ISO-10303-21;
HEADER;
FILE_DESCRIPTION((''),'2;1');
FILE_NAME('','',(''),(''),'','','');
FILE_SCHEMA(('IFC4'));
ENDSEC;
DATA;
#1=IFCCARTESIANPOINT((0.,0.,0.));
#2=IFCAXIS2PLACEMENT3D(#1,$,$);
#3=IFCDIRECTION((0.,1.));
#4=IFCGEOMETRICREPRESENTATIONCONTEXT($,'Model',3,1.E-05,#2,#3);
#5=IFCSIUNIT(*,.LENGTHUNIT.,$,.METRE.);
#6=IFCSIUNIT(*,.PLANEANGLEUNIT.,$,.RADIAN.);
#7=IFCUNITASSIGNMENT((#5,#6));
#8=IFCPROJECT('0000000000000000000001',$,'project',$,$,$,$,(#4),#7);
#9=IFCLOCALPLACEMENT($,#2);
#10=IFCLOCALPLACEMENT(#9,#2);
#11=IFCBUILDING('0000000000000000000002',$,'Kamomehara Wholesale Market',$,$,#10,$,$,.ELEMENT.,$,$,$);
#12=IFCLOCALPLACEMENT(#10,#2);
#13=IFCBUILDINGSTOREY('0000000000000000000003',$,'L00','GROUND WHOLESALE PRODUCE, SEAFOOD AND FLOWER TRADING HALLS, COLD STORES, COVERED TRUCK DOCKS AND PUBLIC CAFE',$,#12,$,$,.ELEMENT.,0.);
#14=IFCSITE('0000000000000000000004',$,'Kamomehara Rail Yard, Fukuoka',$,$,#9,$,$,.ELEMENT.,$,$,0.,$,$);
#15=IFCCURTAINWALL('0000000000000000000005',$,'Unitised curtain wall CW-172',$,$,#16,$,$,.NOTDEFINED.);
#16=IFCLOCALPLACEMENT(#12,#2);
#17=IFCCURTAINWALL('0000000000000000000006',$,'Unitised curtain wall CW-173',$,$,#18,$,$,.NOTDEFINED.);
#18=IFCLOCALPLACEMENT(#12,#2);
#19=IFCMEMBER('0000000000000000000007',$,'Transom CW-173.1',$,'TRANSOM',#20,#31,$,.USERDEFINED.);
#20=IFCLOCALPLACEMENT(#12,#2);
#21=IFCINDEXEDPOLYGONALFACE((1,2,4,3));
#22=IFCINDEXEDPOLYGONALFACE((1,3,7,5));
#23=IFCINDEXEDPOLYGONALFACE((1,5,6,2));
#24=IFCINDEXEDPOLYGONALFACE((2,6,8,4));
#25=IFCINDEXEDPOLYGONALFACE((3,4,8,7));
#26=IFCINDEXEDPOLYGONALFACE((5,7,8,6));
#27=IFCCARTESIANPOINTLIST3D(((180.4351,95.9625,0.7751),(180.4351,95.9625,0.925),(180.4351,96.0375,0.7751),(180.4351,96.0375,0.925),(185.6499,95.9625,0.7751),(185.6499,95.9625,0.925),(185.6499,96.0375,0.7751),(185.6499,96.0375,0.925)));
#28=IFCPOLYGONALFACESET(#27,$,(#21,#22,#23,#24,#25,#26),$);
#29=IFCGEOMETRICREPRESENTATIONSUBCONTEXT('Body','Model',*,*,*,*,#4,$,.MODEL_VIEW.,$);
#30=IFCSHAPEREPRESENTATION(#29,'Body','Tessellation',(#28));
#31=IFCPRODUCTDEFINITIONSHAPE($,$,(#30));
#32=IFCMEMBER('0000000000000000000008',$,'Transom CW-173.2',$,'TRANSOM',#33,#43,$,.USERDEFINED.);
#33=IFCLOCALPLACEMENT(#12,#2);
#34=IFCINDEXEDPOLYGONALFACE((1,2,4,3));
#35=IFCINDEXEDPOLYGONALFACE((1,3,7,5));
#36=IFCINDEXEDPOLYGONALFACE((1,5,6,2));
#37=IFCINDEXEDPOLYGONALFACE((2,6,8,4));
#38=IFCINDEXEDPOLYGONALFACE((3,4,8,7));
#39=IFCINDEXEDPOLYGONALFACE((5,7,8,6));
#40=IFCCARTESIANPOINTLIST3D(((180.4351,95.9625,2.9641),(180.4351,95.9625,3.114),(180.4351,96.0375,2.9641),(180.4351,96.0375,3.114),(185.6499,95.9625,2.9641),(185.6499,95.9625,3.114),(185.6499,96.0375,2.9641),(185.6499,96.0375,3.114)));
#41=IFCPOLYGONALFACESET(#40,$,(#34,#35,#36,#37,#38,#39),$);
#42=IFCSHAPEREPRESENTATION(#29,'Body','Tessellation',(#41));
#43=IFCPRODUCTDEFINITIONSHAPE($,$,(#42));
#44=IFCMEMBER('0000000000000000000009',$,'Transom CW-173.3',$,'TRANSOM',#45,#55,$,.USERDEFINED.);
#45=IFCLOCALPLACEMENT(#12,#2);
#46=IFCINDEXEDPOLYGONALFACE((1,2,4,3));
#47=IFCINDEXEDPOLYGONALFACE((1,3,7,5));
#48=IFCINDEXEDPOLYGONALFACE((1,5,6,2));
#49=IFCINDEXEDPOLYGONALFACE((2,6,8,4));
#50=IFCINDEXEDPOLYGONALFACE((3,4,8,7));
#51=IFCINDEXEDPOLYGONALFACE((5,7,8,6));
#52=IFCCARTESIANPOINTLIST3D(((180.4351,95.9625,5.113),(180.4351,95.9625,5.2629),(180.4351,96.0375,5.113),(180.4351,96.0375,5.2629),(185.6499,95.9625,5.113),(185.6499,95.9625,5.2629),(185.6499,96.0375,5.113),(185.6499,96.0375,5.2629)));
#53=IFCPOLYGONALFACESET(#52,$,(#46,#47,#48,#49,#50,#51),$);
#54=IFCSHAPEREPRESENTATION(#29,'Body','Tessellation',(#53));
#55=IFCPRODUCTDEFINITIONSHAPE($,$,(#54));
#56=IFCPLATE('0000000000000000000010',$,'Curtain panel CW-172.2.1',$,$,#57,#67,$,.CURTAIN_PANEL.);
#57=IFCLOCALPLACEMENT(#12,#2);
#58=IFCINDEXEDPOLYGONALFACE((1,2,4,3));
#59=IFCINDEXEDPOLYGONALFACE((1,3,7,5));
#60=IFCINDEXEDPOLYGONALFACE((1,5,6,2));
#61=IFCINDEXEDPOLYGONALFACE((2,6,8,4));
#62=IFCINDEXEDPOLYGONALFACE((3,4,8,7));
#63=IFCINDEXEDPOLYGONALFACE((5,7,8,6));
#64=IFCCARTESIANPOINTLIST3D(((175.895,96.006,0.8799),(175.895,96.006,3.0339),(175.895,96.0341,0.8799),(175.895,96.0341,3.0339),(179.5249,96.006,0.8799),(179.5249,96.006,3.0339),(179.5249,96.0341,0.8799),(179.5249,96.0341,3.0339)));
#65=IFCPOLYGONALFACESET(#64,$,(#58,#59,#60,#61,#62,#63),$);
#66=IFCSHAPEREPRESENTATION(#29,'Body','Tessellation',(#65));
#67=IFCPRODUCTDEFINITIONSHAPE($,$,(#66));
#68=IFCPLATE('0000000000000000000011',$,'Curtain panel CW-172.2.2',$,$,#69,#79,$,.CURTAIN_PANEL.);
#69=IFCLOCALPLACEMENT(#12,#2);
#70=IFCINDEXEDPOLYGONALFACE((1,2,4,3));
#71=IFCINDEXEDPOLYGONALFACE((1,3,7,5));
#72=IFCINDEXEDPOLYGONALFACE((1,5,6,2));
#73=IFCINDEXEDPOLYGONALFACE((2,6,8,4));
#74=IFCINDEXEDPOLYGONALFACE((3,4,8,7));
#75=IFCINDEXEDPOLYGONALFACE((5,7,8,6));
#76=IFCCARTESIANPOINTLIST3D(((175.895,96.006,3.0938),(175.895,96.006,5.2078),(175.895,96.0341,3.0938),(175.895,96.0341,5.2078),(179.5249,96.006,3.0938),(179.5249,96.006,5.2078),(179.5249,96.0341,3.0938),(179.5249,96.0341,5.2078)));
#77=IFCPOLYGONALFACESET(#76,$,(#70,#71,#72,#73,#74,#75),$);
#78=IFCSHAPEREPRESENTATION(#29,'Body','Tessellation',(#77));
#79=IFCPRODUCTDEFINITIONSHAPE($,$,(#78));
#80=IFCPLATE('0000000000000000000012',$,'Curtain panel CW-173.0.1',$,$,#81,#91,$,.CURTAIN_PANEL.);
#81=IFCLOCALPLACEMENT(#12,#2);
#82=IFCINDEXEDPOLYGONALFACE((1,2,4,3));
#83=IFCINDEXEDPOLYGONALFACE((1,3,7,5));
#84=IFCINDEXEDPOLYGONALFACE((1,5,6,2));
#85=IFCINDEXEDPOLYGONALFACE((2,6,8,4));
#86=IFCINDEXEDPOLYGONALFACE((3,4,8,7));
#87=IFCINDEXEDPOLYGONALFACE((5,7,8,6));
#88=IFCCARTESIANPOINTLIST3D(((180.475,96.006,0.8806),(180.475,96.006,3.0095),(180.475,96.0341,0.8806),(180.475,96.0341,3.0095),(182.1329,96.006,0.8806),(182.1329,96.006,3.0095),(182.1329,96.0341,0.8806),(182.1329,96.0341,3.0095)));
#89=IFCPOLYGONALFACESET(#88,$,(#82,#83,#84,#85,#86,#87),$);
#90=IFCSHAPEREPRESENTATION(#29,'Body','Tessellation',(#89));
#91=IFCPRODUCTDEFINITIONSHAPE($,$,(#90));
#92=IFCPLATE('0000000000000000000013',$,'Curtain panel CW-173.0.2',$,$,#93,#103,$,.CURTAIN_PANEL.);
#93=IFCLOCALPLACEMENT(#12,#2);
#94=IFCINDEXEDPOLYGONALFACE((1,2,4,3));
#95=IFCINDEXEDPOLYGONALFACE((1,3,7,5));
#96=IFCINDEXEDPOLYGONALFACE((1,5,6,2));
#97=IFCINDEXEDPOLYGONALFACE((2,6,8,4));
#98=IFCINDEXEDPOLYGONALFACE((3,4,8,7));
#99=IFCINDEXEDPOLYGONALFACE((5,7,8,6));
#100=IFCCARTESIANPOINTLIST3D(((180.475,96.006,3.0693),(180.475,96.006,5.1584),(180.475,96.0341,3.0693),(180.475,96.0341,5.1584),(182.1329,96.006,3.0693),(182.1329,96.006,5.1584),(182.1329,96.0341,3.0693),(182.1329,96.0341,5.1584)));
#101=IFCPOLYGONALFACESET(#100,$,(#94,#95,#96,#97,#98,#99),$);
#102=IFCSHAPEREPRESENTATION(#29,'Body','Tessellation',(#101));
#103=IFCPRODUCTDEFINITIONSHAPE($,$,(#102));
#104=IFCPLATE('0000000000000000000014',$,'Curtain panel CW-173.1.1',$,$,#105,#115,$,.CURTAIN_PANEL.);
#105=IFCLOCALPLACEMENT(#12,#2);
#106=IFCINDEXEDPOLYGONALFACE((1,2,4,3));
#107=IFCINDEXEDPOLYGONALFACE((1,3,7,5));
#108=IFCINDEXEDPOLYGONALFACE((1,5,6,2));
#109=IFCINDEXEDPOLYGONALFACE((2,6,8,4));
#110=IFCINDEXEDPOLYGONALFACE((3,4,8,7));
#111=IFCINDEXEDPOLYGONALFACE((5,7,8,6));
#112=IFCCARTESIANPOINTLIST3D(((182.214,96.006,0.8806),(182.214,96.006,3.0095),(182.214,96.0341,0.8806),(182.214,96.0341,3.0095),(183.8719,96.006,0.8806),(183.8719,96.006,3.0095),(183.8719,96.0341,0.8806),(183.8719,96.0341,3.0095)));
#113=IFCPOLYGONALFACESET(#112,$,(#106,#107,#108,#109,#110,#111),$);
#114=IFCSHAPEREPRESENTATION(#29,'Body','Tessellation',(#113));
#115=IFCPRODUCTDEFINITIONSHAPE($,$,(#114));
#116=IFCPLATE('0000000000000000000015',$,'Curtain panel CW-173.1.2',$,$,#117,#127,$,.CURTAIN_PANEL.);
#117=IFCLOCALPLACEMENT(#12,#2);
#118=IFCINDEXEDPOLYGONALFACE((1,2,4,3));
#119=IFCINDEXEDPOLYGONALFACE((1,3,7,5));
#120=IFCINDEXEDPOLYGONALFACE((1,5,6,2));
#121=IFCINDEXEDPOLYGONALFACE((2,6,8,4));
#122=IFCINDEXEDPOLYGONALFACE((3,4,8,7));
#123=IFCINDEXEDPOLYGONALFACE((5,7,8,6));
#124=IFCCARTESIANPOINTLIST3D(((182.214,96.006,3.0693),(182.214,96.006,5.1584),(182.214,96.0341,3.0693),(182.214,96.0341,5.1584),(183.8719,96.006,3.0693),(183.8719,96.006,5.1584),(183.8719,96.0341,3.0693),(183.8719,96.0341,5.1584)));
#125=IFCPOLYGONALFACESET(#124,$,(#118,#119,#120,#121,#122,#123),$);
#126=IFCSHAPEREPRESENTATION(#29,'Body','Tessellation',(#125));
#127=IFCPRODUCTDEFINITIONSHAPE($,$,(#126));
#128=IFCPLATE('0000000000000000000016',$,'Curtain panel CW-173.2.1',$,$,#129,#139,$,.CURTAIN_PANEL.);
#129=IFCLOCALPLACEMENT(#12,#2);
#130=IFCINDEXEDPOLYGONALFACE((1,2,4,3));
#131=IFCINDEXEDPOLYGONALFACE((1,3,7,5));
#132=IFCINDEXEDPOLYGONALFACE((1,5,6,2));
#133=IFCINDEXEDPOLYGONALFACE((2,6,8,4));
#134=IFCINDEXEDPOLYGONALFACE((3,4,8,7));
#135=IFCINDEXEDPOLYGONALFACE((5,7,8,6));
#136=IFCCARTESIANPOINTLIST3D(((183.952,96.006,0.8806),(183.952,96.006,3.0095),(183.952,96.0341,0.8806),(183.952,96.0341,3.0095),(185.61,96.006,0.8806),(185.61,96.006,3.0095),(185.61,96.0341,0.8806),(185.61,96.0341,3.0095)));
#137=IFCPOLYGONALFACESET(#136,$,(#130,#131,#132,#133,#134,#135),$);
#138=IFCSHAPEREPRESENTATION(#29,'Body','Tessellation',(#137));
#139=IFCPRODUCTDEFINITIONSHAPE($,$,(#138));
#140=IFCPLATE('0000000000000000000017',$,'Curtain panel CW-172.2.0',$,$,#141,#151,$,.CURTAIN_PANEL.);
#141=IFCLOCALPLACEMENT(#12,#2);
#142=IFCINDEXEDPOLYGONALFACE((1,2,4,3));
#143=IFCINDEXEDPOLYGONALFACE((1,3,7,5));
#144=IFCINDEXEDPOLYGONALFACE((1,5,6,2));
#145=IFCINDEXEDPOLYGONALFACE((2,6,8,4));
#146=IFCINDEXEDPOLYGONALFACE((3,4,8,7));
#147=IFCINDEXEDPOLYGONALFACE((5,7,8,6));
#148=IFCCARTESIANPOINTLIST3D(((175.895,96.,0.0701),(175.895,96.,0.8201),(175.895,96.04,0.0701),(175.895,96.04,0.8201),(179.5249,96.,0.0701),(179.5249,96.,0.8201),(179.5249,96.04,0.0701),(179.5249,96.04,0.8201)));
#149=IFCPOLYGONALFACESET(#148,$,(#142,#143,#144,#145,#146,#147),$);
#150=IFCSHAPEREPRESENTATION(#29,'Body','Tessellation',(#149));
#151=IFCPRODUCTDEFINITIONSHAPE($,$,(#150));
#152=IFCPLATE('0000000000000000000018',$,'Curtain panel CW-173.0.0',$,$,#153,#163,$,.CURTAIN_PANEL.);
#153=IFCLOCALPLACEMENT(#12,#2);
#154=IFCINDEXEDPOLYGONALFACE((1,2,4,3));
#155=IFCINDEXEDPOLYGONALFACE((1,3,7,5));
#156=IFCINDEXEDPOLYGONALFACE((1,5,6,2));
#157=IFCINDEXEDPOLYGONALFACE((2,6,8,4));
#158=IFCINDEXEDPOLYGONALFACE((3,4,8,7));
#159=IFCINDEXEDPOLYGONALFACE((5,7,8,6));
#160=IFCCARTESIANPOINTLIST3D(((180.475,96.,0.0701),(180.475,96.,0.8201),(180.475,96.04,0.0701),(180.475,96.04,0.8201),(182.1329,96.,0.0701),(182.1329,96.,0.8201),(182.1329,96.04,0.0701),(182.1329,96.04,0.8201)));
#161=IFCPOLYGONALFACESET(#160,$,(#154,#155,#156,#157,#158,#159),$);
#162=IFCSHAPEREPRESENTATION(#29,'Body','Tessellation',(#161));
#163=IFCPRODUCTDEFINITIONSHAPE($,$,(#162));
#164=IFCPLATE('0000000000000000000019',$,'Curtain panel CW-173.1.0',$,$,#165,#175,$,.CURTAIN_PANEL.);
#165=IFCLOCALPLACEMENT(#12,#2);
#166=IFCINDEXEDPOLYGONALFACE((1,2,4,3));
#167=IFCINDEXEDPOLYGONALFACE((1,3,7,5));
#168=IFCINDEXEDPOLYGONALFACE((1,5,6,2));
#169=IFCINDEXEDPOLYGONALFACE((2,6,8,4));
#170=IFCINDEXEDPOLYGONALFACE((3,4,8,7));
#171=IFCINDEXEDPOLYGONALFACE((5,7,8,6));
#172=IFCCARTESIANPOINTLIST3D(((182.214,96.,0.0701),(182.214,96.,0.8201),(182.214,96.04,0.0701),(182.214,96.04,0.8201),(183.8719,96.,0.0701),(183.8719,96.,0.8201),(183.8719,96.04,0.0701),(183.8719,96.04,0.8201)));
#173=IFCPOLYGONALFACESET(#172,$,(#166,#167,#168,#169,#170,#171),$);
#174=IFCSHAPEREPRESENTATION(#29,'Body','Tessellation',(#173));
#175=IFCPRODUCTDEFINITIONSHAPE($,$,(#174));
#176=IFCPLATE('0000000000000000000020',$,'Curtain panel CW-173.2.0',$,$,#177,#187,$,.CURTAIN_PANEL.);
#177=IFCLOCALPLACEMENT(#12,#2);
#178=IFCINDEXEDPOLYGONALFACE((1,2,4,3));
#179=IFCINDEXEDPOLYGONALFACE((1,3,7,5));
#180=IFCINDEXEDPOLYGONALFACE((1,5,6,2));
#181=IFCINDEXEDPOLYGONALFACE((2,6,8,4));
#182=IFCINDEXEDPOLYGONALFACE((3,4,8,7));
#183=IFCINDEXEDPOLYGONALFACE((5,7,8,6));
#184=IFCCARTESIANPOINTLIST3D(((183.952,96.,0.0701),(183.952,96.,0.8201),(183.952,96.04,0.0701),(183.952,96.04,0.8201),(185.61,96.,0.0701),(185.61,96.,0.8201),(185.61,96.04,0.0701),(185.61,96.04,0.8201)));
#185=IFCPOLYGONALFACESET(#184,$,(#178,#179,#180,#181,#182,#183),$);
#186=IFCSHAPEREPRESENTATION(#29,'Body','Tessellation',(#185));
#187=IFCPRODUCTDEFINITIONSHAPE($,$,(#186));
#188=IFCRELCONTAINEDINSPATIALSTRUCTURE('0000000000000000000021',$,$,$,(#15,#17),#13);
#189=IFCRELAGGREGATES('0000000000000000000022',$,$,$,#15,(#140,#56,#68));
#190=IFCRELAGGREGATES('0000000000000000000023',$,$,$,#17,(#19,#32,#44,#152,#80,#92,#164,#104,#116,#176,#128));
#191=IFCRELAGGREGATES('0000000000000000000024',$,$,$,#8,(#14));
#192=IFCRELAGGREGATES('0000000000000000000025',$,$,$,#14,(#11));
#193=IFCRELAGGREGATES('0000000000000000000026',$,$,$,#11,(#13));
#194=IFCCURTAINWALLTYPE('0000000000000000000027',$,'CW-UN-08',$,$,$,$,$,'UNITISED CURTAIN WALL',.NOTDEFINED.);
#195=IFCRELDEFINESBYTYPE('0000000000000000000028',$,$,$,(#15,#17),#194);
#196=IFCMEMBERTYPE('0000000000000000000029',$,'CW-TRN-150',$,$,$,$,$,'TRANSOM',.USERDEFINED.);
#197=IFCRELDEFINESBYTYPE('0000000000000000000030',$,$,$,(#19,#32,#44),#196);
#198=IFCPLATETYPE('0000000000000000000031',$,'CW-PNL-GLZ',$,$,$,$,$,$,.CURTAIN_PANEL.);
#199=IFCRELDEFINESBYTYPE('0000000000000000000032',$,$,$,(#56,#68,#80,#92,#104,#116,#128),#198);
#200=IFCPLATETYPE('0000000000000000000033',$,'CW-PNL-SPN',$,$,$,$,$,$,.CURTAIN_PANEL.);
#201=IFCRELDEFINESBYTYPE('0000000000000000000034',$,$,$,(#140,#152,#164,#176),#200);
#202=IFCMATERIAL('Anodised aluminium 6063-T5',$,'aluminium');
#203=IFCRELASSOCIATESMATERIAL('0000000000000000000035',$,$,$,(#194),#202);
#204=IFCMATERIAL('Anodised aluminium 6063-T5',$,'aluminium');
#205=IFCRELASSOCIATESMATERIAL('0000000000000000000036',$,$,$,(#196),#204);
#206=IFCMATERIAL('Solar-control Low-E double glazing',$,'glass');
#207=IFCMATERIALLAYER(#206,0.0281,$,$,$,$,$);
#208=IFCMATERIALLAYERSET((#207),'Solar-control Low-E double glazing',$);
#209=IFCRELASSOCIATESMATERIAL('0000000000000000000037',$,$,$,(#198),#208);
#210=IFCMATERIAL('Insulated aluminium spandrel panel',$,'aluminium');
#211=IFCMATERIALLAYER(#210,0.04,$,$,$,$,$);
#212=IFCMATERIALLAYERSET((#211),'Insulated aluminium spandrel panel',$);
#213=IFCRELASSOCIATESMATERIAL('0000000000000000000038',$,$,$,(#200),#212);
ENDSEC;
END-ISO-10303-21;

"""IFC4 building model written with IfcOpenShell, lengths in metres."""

from ifc_helpers import new_model, si_unit, direction, frame, origin, origin_2d, place, context, subcontext, project, spatial, rectangle, extrude, material, layer, layer_set, material_profile, profile_set, type_object, element, aggregate, save


model = new_model("IFC4")

# Units and contexts
model_context = context("Model", 3, precision=1e-05, world=origin(), true_north=direction((0.0, 1.0)))
body_context = subcontext(model_context, "Body", "Model", "MODEL_VIEW")
ifc_project = project(units=[si_unit("LENGTHUNIT", "METRE"), si_unit("PLANEANGLEUNIT", "RADIAN")], contexts=[model_context])

# Site, building, storey
site_placement = place(None, origin())
site = spatial("IfcSite", under=ifc_project, at=site_placement, Name="Kamomehara Rail Yard, Fukuoka", CompositionType="ELEMENT", RefElevation=0.0)
building_placement = place(site_placement, origin())
building = spatial("IfcBuilding", under=site, at=building_placement, Name="Kamomehara Wholesale Market", CompositionType="ELEMENT")
storey_placement = place(building_placement, origin())
storey = spatial("IfcBuildingStorey", under=building, at=storey_placement, Name="L00", Description="GROUND WHOLESALE PRODUCE, SEAFOOD AND FLOWER TRADING HALLS, COLD STORES, COVERED TRUCK DOCKS AND PUBLIC CAFE", CompositionType="ELEMENT", Elevation=0.0)

# Curtain wall
ifc_material_1 = material(Name="Anodised aluminium 6063-T5", Category="aluminium")
curtain_wall_type = type_object("IfcCurtainWallType", Name="CW-UN-08", ElementType="UNITISED CURTAIN WALL", PredefinedType="NOTDEFINED", material=ifc_material_1)
curtain_wall_1_placement = place(storey_placement, origin())
curtain_wall_1 = element("IfcCurtainWall", 1, at=curtain_wall_1_placement, inside=storey, type_object=curtain_wall_type, Name="Unitised curtain wall CW-172", PredefinedType="NOTDEFINED")

# Curtain wall, members
curtain_wall_2_placement = place(storey_placement, origin())
curtain_wall_2 = element("IfcCurtainWall", 2, at=curtain_wall_2_placement, inside=storey, type_object=curtain_wall_type, Name="Unitised curtain wall CW-173", PredefinedType="NOTDEFINED")
ifc_material_2 = material(Name="Anodised aluminium 6063-T5", Category="aluminium")
ifc_material_profile_1 = material_profile(ifc_material_2, rectangle(XDim=0.075, YDim=0.1499, at=origin_2d()), Name="ALU-TRN-75x150")
ifc_profile_set_1 = profile_set([ifc_material_profile_1], Name="Anodised aluminium 6063-T5")
member_type_1 = type_object("IfcMemberType", Name="CW-TRN-150", ElementType="TRANSOM", PredefinedType="USERDEFINED", material=ifc_profile_set_1)
member_1_placement = place(storey_placement, frame((180.4351, 96.0, 0.8501), z_axis=(1.0, 0.0, 0.0), x_axis=(0.0, 1.0, 0.0)))
member_1 = element("IfcMember", 3, at=member_1_placement, type_object=member_type_1, Name="Transom CW-173.1", ObjectType="TRANSOM", PredefinedType="USERDEFINED", context=body_context, shape_type="SweptSolid", body=[
    extrude(rectangle(XDim=0.075, YDim=0.1499, at=origin_2d()), origin(), (0.0, 0.0, 1.0), 5.2148),
])
member_2_placement = place(storey_placement, frame((180.4351, 96.0, 3.0391), z_axis=(1.0, 0.0, 0.0), x_axis=(0.0, 1.0, 0.0)))
member_2 = element("IfcMember", 4, at=member_2_placement, type_object=member_type_1, Name="Transom CW-173.2", ObjectType="TRANSOM", PredefinedType="USERDEFINED", context=body_context, shape_type="SweptSolid", body=[
    extrude(rectangle(XDim=0.075, YDim=0.1499, at=origin_2d()), origin(), (0.0, 0.0, 1.0), 5.2148),
])
member_3_placement = place(storey_placement, frame((180.4351, 96.0, 5.188), z_axis=(1.0, 0.0, 0.0), x_axis=(0.0, 1.0, 0.0)))
member_3 = element("IfcMember", 5, at=member_3_placement, type_object=member_type_1, Name="Transom CW-173.3", ObjectType="TRANSOM", PredefinedType="USERDEFINED", context=body_context, shape_type="SweptSolid", body=[
    extrude(rectangle(XDim=0.075, YDim=0.1499, at=origin_2d()), origin(), (0.0, 0.0, 1.0), 5.2148),
])

# Plates
ifc_material_3 = material(Name="Solar-control Low-E double glazing", Category="glass")
ifc_layer_1 = layer(ifc_material_3, 0.0281)
ifc_layer_set_1 = layer_set([ifc_layer_1], Name="Solar-control Low-E double glazing")
plate_type_1 = type_object("IfcPlateType", Name="CW-PNL-GLZ", PredefinedType="CURTAIN_PANEL", material=ifc_layer_set_1)
plate_1_placement = place(storey_placement, frame((177.71, 96.02, 0.8799), z_axis=(0.0, 0.0, 1.0), x_axis=(1.0, 0.0, 0.0)))
plate_1 = element("IfcPlate", 6, at=plate_1_placement, type_object=plate_type_1, Name="Curtain panel CW-172.2.1", PredefinedType="CURTAIN_PANEL", context=body_context, shape_type="SweptSolid", body=[
    extrude(rectangle(XDim=3.6299, YDim=0.0281, at=origin_2d()), origin(), (0.0, 0.0, 1.0), 2.1541),
])
plate_2_placement = place(storey_placement, frame((177.71, 96.02, 3.0938), z_axis=(0.0, 0.0, 1.0), x_axis=(1.0, 0.0, 0.0)))
plate_2 = element("IfcPlate", 7, at=plate_2_placement, type_object=plate_type_1, Name="Curtain panel CW-172.2.2", PredefinedType="CURTAIN_PANEL", context=body_context, shape_type="SweptSolid", body=[
    extrude(rectangle(XDim=3.6299, YDim=0.0281, at=origin_2d()), origin(), (0.0, 0.0, 1.0), 2.114),
])
plate_3_placement = place(storey_placement, frame((181.304, 96.02, 0.8806), z_axis=(0.0, 0.0, 1.0), x_axis=(1.0, 0.0, 0.0)))
plate_3 = element("IfcPlate", 8, at=plate_3_placement, type_object=plate_type_1, Name="Curtain panel CW-173.0.1", PredefinedType="CURTAIN_PANEL", context=body_context, shape_type="SweptSolid", body=[
    extrude(rectangle(XDim=1.658, YDim=0.0281, at=origin_2d()), origin(), (0.0, 0.0, 1.0), 2.1289),
])
plate_4_placement = place(storey_placement, frame((181.304, 96.02, 3.0693), z_axis=(0.0, 0.0, 1.0), x_axis=(1.0, 0.0, 0.0)))
plate_4 = element("IfcPlate", 9, at=plate_4_placement, type_object=plate_type_1, Name="Curtain panel CW-173.0.2", PredefinedType="CURTAIN_PANEL", context=body_context, shape_type="SweptSolid", body=[
    extrude(rectangle(XDim=1.658, YDim=0.0281, at=origin_2d()), origin(), (0.0, 0.0, 1.0), 2.0891),
])
plate_5_placement = place(storey_placement, frame((183.043, 96.02, 0.8806), z_axis=(0.0, 0.0, 1.0), x_axis=(1.0, 0.0, 0.0)))
plate_5 = element("IfcPlate", 10, at=plate_5_placement, type_object=plate_type_1, Name="Curtain panel CW-173.1.1", PredefinedType="CURTAIN_PANEL", context=body_context, shape_type="SweptSolid", body=[
    extrude(rectangle(XDim=1.658, YDim=0.0281, at=origin_2d()), origin(), (0.0, 0.0, 1.0), 2.1289),
])
plate_6_placement = place(storey_placement, frame((183.043, 96.02, 3.0693), z_axis=(0.0, 0.0, 1.0), x_axis=(1.0, 0.0, 0.0)))
plate_6 = element("IfcPlate", 11, at=plate_6_placement, type_object=plate_type_1, Name="Curtain panel CW-173.1.2", PredefinedType="CURTAIN_PANEL", context=body_context, shape_type="SweptSolid", body=[
    extrude(rectangle(XDim=1.658, YDim=0.0281, at=origin_2d()), origin(), (0.0, 0.0, 1.0), 2.0891),
])
plate_7_placement = place(storey_placement, frame((184.781, 96.02, 0.8806), z_axis=(0.0, 0.0, 1.0), x_axis=(1.0, 0.0, 0.0)))
plate_7 = element("IfcPlate", 12, at=plate_7_placement, type_object=plate_type_1, Name="Curtain panel CW-173.2.1", PredefinedType="CURTAIN_PANEL", context=body_context, shape_type="SweptSolid", body=[
    extrude(rectangle(XDim=1.658, YDim=0.0281, at=origin_2d()), origin(), (0.0, 0.0, 1.0), 2.1289),
])
ifc_material_4 = material(Name="Insulated aluminium spandrel panel", Category="aluminium")
ifc_layer_2 = layer(ifc_material_4, 0.04)
ifc_layer_set_2 = layer_set([ifc_layer_2], Name="Insulated aluminium spandrel panel")
plate_type_2 = type_object("IfcPlateType", Name="CW-PNL-SPN", PredefinedType="CURTAIN_PANEL", material=ifc_layer_set_2)
plate_8_placement = place(storey_placement, frame((177.71, 96.02, 0.0701), z_axis=(0.0, 0.0, 1.0), x_axis=(1.0, 0.0, 0.0)))
plate_8 = element("IfcPlate", 13, at=plate_8_placement, type_object=plate_type_2, Name="Curtain panel CW-172.2.0", PredefinedType="CURTAIN_PANEL", context=body_context, shape_type="SweptSolid", body=[
    extrude(rectangle(XDim=3.6299, YDim=0.04, at=origin_2d()), origin(), (0.0, 0.0, 1.0), 0.75),
])
aggregate(curtain_wall_1, [plate_8, plate_1, plate_2])
plate_9_placement = place(storey_placement, frame((181.304, 96.02, 0.0701), z_axis=(0.0, 0.0, 1.0), x_axis=(1.0, 0.0, 0.0)))
plate_9 = element("IfcPlate", 14, at=plate_9_placement, type_object=plate_type_2, Name="Curtain panel CW-173.0.0", PredefinedType="CURTAIN_PANEL", context=body_context, shape_type="SweptSolid", body=[
    extrude(rectangle(XDim=1.658, YDim=0.04, at=origin_2d()), origin(), (0.0, 0.0, 1.0), 0.75),
])
plate_10_placement = place(storey_placement, frame((183.043, 96.02, 0.0701), z_axis=(0.0, 0.0, 1.0), x_axis=(1.0, 0.0, 0.0)))
plate_10 = element("IfcPlate", 15, at=plate_10_placement, type_object=plate_type_2, Name="Curtain panel CW-173.1.0", PredefinedType="CURTAIN_PANEL", context=body_context, shape_type="SweptSolid", body=[
    extrude(rectangle(XDim=1.658, YDim=0.04, at=origin_2d()), origin(), (0.0, 0.0, 1.0), 0.75),
])
plate_11_placement = place(storey_placement, frame((184.781, 96.02, 0.0701), z_axis=(0.0, 0.0, 1.0), x_axis=(1.0, 0.0, 0.0)))
plate_11 = element("IfcPlate", 16, at=plate_11_placement, type_object=plate_type_2, Name="Curtain panel CW-173.2.0", PredefinedType="CURTAIN_PANEL", context=body_context, shape_type="SweptSolid", body=[
    extrude(rectangle(XDim=1.658, YDim=0.04, at=origin_2d()), origin(), (0.0, 0.0, 1.0), 0.75),
])
aggregate(curtain_wall_2, [member_1, member_2, member_3, plate_9, plate_3, plate_4, plate_10, plate_5, plate_6, plate_11, plate_7])

save(model, "model.ifc")
